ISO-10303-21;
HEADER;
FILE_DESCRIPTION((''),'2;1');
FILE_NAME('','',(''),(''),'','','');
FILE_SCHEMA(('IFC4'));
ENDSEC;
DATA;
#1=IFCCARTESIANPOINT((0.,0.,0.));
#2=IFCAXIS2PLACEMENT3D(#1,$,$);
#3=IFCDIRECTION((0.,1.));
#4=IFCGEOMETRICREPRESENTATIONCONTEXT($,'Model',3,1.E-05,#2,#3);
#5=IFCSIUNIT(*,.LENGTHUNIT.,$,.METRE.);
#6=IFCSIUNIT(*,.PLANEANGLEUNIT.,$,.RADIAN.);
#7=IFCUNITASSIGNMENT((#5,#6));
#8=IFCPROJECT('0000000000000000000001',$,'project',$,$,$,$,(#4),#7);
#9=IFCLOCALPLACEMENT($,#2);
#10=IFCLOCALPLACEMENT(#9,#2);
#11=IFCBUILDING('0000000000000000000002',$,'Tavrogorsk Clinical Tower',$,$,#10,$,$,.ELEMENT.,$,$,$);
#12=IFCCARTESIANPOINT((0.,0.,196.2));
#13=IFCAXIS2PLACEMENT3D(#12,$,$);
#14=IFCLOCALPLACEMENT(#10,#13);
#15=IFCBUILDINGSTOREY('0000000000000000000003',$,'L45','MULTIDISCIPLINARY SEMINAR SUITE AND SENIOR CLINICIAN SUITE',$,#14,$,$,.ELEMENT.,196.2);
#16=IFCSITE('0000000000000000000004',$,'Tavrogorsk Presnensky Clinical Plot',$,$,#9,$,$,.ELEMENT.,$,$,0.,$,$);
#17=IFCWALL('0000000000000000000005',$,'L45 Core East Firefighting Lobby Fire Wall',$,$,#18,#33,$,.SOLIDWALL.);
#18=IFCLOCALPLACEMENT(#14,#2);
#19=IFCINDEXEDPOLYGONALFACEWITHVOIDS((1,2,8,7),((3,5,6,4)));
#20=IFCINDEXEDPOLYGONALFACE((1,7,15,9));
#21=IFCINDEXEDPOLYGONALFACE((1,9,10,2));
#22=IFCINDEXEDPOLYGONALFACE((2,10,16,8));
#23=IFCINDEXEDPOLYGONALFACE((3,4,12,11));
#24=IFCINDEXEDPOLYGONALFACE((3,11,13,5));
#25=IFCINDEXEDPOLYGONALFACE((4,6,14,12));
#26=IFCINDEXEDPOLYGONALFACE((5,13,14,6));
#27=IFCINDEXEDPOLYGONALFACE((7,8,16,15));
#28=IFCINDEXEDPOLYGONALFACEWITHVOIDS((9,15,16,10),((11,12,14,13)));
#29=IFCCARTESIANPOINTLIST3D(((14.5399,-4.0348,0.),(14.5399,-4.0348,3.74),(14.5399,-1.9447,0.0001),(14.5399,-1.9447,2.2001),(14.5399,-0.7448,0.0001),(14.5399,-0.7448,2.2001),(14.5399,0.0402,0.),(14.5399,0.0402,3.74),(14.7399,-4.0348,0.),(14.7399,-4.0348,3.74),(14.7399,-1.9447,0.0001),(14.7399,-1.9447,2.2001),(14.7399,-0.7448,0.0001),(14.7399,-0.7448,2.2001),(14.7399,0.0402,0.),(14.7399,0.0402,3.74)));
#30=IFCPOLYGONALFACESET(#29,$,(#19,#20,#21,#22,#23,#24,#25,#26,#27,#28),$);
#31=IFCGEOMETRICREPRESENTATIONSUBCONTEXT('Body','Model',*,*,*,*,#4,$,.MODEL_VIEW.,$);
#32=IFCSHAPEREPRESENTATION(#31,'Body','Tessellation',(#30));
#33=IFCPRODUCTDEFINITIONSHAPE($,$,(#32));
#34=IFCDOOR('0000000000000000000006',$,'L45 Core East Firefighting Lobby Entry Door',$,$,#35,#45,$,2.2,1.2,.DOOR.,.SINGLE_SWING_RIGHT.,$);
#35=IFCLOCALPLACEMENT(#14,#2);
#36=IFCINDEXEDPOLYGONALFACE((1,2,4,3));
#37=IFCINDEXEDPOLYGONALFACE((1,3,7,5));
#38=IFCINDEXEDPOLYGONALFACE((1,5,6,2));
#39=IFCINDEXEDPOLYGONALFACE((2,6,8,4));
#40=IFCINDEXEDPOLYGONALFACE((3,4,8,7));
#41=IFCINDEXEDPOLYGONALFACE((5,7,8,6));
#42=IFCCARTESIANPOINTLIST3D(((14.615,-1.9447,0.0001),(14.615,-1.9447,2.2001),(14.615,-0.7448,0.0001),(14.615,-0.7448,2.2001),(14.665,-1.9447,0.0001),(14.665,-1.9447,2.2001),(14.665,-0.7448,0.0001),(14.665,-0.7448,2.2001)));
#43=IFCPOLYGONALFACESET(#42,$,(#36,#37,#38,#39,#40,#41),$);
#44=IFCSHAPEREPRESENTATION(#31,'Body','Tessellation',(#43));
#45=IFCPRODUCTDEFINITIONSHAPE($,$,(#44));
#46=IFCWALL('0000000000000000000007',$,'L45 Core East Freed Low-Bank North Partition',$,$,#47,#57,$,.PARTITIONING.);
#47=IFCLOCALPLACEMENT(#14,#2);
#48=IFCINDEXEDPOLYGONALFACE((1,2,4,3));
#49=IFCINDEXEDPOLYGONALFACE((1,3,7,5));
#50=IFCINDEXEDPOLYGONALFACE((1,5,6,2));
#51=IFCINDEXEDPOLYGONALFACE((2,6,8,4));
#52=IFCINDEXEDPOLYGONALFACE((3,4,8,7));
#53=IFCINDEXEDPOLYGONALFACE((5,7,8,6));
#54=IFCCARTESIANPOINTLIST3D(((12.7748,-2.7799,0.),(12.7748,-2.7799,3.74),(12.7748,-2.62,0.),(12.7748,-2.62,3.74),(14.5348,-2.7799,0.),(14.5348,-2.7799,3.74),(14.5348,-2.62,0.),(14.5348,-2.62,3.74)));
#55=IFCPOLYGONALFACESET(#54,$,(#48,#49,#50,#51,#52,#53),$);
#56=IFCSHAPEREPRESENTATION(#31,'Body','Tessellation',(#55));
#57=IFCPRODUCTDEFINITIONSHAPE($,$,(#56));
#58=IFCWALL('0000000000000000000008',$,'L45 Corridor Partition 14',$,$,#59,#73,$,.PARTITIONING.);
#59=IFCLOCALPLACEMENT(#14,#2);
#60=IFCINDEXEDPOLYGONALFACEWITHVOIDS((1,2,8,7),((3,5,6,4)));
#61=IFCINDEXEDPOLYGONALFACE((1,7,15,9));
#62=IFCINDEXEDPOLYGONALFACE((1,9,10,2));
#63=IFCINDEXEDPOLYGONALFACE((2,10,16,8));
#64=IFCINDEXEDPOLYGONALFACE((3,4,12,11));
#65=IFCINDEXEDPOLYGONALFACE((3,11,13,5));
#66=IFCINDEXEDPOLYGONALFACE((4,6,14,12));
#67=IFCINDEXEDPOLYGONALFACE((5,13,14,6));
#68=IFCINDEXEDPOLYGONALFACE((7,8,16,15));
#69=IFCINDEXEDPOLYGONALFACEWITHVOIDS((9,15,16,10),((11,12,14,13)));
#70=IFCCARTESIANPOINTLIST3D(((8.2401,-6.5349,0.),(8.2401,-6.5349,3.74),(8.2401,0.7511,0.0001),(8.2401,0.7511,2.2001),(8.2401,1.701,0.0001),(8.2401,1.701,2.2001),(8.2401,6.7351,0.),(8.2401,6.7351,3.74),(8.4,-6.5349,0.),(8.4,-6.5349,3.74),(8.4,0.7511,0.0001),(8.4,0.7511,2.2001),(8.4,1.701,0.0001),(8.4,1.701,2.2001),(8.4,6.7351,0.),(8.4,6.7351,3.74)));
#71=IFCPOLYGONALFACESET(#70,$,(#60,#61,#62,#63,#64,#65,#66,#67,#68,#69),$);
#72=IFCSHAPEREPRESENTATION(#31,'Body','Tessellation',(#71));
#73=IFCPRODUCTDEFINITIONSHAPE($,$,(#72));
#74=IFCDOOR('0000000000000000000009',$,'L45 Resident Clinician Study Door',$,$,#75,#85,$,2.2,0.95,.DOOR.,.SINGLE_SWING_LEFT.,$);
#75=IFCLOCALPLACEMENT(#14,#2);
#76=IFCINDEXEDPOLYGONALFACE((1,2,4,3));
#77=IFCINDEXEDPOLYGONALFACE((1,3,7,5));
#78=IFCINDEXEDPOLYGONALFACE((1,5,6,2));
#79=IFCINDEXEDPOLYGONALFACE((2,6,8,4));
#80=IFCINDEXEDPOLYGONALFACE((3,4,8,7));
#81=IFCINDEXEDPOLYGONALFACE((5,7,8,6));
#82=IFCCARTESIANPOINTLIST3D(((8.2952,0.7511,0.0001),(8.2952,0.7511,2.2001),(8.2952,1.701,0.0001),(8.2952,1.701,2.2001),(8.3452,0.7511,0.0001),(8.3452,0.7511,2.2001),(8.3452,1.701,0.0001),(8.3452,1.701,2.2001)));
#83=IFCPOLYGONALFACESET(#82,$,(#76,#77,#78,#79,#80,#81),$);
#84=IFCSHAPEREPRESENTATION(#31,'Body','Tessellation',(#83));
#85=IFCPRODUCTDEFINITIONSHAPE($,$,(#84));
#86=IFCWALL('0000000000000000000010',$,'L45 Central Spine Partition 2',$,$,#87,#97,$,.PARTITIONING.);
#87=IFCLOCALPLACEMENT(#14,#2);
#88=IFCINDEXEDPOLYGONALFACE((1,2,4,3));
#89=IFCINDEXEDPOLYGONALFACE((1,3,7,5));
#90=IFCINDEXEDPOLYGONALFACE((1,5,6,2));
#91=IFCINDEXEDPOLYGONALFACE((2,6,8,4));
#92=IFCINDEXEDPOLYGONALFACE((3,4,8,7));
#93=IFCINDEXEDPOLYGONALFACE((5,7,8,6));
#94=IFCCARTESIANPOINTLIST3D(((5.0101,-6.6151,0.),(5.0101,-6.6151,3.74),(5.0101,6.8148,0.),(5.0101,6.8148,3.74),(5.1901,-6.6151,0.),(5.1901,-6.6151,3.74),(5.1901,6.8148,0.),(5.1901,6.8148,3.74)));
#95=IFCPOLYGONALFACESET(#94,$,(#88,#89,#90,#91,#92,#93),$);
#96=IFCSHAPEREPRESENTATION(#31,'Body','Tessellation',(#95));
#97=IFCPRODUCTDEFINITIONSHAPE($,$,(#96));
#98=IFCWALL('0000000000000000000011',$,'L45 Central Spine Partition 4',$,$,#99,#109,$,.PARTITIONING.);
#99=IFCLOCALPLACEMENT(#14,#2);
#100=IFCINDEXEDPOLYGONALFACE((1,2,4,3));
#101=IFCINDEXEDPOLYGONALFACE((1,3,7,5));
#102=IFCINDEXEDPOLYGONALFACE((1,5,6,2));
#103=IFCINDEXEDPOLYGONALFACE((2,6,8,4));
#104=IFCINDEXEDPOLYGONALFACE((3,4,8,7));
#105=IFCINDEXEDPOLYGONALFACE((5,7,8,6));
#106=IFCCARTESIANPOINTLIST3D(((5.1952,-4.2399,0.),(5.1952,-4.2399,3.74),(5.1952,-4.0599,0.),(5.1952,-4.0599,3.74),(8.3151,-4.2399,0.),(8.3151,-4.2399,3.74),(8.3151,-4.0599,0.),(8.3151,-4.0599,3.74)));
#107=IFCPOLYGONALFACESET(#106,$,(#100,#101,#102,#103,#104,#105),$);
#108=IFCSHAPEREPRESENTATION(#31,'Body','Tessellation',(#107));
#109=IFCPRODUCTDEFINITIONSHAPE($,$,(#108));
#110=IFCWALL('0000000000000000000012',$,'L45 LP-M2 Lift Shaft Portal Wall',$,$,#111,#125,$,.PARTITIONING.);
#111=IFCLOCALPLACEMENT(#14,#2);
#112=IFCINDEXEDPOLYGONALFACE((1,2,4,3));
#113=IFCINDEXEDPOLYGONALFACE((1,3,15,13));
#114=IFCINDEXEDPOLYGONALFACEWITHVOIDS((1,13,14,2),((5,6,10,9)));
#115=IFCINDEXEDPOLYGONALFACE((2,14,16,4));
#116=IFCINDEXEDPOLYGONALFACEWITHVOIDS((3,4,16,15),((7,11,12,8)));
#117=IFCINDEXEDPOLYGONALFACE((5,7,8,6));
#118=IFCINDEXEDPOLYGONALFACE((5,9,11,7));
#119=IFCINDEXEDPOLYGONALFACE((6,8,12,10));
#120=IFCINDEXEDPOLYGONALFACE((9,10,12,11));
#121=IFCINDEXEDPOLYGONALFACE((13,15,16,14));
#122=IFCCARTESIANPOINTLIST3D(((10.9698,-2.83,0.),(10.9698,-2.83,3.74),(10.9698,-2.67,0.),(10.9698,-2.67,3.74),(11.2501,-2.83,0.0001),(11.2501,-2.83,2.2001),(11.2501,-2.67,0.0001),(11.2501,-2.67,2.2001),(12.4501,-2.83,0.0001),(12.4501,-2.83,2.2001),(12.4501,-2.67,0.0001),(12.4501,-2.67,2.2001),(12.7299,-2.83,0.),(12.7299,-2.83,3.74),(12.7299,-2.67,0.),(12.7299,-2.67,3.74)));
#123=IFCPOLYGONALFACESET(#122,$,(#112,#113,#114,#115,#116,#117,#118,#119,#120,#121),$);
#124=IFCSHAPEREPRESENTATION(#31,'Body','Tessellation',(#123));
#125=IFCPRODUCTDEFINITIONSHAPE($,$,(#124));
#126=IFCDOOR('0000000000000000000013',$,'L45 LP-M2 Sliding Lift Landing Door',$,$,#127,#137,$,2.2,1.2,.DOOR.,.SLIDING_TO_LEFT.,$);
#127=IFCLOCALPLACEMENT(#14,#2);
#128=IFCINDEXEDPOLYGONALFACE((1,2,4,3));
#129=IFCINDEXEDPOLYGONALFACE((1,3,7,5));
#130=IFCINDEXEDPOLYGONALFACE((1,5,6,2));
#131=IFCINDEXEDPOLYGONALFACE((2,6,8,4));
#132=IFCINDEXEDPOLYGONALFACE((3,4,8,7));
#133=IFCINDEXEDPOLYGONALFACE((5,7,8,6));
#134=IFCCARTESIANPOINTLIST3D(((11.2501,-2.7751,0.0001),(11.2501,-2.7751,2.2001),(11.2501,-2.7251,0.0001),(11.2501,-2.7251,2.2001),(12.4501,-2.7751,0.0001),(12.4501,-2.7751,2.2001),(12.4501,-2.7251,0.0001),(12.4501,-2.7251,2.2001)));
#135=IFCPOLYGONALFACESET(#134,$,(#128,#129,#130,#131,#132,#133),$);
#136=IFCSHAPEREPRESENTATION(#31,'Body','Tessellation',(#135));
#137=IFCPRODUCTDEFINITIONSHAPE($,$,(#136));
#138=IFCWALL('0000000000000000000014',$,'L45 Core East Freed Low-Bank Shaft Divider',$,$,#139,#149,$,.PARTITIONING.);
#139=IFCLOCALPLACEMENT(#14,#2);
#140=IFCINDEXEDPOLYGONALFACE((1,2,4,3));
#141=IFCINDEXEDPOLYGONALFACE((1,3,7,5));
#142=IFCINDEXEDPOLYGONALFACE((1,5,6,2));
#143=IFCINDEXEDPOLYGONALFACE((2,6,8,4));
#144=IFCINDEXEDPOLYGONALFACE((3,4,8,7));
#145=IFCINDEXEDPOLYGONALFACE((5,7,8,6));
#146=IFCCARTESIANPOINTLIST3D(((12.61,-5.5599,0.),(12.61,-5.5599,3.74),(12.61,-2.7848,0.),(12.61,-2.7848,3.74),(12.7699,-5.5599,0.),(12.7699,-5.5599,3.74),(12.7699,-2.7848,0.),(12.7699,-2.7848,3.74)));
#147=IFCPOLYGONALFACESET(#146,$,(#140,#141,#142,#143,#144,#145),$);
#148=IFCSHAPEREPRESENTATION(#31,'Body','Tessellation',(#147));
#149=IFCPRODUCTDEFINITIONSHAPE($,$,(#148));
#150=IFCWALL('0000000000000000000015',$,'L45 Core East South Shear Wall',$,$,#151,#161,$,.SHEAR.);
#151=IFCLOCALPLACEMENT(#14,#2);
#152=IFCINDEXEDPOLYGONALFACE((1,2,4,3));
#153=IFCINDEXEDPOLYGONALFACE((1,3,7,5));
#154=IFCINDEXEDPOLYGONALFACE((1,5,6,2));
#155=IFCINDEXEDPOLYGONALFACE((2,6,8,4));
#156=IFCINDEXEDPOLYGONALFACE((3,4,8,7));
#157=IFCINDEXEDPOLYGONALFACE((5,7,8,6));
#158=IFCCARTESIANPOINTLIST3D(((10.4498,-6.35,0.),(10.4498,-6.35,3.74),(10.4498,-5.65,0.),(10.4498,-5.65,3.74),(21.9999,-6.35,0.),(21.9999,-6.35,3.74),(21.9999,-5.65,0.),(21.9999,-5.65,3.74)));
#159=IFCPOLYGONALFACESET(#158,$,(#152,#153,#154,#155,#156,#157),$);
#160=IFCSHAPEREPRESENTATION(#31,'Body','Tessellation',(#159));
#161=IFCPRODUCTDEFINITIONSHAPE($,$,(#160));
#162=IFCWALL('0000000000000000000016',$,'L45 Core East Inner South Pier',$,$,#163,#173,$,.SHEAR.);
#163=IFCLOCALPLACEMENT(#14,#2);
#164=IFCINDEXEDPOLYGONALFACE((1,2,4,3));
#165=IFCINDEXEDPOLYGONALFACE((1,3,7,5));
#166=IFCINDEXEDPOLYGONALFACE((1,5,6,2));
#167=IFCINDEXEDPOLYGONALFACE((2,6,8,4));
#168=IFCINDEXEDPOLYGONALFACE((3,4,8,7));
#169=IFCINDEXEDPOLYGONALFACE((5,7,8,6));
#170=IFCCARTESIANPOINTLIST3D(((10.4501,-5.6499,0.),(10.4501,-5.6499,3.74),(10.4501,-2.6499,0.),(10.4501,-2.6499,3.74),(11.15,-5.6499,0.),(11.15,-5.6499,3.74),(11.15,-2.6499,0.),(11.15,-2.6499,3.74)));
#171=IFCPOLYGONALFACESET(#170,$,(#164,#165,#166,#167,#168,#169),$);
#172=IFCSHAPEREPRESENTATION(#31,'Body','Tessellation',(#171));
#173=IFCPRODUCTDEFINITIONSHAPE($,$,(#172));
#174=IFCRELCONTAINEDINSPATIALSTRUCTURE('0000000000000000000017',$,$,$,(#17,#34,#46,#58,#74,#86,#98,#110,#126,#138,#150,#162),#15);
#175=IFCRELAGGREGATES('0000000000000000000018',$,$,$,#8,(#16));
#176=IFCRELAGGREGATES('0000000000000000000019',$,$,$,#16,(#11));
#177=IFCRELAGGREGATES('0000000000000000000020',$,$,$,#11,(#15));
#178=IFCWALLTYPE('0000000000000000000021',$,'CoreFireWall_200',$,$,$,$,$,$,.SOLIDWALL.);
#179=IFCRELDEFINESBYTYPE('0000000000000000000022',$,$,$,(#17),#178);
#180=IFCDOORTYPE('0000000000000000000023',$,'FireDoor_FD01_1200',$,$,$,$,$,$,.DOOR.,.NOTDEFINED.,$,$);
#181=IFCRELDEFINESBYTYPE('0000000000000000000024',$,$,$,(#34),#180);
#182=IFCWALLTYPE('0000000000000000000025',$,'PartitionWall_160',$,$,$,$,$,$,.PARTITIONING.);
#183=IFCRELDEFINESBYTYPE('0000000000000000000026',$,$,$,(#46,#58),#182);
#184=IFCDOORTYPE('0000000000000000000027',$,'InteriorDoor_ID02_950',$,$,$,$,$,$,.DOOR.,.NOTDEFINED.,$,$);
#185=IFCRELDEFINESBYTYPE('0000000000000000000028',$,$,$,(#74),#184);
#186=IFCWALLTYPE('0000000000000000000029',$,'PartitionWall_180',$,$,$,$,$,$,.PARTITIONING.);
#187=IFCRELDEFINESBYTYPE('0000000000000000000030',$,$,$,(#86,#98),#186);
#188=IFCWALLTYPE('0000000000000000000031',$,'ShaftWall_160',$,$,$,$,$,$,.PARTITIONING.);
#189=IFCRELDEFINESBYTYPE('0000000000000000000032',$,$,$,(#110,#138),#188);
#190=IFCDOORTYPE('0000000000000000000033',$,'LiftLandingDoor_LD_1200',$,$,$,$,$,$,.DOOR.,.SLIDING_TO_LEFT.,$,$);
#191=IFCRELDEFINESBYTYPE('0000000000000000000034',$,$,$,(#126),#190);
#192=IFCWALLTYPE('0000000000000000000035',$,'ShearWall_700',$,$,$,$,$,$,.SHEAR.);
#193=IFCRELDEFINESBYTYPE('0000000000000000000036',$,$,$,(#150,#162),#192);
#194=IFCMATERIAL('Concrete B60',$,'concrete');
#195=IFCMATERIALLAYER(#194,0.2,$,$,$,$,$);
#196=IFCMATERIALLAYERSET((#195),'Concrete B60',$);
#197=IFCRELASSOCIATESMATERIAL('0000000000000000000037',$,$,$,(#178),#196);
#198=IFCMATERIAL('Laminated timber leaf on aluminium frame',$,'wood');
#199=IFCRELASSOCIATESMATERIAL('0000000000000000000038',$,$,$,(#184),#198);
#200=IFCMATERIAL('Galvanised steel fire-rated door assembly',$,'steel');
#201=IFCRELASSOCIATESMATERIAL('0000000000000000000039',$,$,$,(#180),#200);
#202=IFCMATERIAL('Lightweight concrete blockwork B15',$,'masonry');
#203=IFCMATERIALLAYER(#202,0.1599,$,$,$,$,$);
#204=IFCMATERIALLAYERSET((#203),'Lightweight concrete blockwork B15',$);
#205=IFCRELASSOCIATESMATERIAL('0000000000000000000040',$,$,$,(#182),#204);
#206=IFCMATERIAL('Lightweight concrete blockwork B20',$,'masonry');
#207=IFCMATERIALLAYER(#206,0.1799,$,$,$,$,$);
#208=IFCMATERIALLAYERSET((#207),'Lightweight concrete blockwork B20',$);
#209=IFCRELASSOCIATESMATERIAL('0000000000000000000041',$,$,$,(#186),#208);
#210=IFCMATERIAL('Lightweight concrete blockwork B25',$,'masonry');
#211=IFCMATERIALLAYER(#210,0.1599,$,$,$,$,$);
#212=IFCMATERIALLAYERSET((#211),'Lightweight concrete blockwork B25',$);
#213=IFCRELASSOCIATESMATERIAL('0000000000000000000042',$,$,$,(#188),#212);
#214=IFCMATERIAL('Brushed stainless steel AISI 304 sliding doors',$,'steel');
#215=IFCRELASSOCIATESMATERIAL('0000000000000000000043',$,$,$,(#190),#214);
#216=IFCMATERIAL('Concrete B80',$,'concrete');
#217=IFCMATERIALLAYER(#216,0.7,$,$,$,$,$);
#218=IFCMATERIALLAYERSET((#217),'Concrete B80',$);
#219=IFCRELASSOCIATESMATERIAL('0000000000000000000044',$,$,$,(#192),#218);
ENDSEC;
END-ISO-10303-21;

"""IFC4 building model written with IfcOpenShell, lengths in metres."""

from ifc_helpers import new_model, si_unit, direction, frame, frame_2d, origin, place, context, subcontext, project, spatial, rectangle, extrude, material, layer, layer_set, type_object, element, fill, save


model = new_model("IFC4")

# Units and contexts
model_context = context("Model", 3, precision=1e-05, world=origin(), true_north=direction((0.0, 1.0)))
body_context = subcontext(model_context, "Body", "Model", "MODEL_VIEW")
ifc_project = project(units=[si_unit("LENGTHUNIT", "METRE"), si_unit("PLANEANGLEUNIT", "RADIAN")], contexts=[model_context])

# Site, building, storey
site_placement = place(None, origin())
site = spatial("IfcSite", under=ifc_project, at=site_placement, Name="Tavrogorsk Presnensky Clinical Plot", CompositionType="ELEMENT", RefElevation=0.0)
building_placement = place(site_placement, origin())
building = spatial("IfcBuilding", under=site, at=building_placement, Name="Tavrogorsk Clinical Tower", CompositionType="ELEMENT")
storey_placement = place(building_placement, frame((0.0, 0.0, 196.2)))
storey = spatial("IfcBuildingStorey", under=building, at=storey_placement, Name="L45", Description="MULTIDISCIPLINARY SEMINAR SUITE AND SENIOR CLINICIAN SUITE", CompositionType="ELEMENT", Elevation=196.2)

# Wall, opening, door
ifc_material_1 = material(Name="Concrete B60", Category="concrete")
ifc_layer_1 = layer(ifc_material_1, 0.2)
ifc_layer_set_1 = layer_set([ifc_layer_1], Name="Concrete B60")
wall_type_1 = type_object("IfcWallType", Name="CoreFireWall_200", PredefinedType="SOLIDWALL", material=ifc_layer_set_1)
ifc_material_2 = material(Name="Laminated timber leaf on aluminium frame", Category="wood")
door_type_1 = type_object("IfcDoorType", Name="InteriorDoor_ID02_950", OperationType="NOTDEFINED", PredefinedType="DOOR", material=ifc_material_2)
wall_1_placement = place(storey_placement, frame((14.6399, -4.0349, 0.0), z_axis=(0.0, 0.0, 1.0), x_axis=(0.0, 1.0, 0.0)))
wall_1 = element("IfcWall", 1, at=wall_1_placement, inside=storey, type_object=wall_type_1, Name="L45 Core East Firefighting Lobby Fire Wall", PredefinedType="SOLIDWALL", context=body_context, shape_type="SweptSolid", body=[
    extrude(rectangle(XDim=4.075, YDim=0.2, at=frame_2d((2.0376, 0.0))), origin(), (0.0, 0.0, 1.0), 3.74),
])
opening_1_placement = place(wall_1_placement, frame((2.0901, 0.0, 0.0)))
opening_1 = element("IfcOpeningElement", 2, at=opening_1_placement, cuts=wall_1, PredefinedType="OPENING", context=body_context, shape_type="SweptSolid", body=[
    extrude(rectangle(XDim=1.2, YDim=2.2, at=frame_2d((0.6001, 1.1001))), frame((0.0, 0.1099, 0.0), z_axis=(0.0, -1.0, 0.0), x_axis=(1.0, 0.0, 0.0)), (0.0, 0.0, 1.0), 0.22),
])
ifc_material_3 = material(Name="Galvanised steel fire-rated door assembly", Category="steel")
door_type_2 = type_object("IfcDoorType", Name="FireDoor_FD01_1200", OperationType="NOTDEFINED", PredefinedType="DOOR", material=ifc_material_3)
door_1_placement = place(opening_1_placement, origin())
door_1 = element("IfcDoor", 3, at=door_1_placement, inside=storey, type_object=door_type_2, Name="L45 Core East Firefighting Lobby Entry Door", OperationType="SINGLE_SWING_RIGHT", OverallHeight=2.2, OverallWidth=1.2, PredefinedType="DOOR", context=body_context, shape_type="SweptSolid", body=[
    extrude(rectangle(XDim=1.2, YDim=2.2, at=frame_2d((0.6001, 1.1001))), frame((0.0, 0.0249, 0.0), z_axis=(0.0, -1.0, 0.0), x_axis=(1.0, 0.0, 0.0)), (0.0, 0.0, 1.0), 0.05),
])
fill(opening_1, door_1)

# Wall
ifc_material_4 = material(Name="Lightweight concrete blockwork B15", Category="masonry")
ifc_layer_2 = layer(ifc_material_4, 0.1599)
ifc_layer_set_2 = layer_set([ifc_layer_2], Name="Lightweight concrete blockwork B15")
wall_type_2 = type_object("IfcWallType", Name="PartitionWall_160", PredefinedType="PARTITIONING", material=ifc_layer_set_2)
wall_2_placement = place(storey_placement, frame((12.7749, -2.7, 0.0), z_axis=(0.0, 0.0, 1.0), x_axis=(1.0, 0.0, 0.0)))
element("IfcWall", 4, at=wall_2_placement, inside=storey, type_object=wall_type_2, Name="L45 Core East Freed Low-Bank North Partition", PredefinedType="PARTITIONING", context=body_context, shape_type="SweptSolid", body=[
    extrude(rectangle(XDim=1.76, YDim=0.1599, at=frame_2d((0.8799, 0.0))), origin(), (0.0, 0.0, 1.0), 3.74),
])

# Wall, opening, door
wall_3_placement = place(storey_placement, frame((8.3201, -6.5349, 0.0), z_axis=(0.0, 0.0, 1.0), x_axis=(0.0, 1.0, 0.0)))
wall_3 = element("IfcWall", 5, at=wall_3_placement, inside=storey, type_object=wall_type_2, Name="L45 Corridor Partition 14", PredefinedType="PARTITIONING", context=body_context, shape_type="SweptSolid", body=[
    extrude(rectangle(XDim=13.27, YDim=0.1599, at=frame_2d((6.635, 0.0))), origin(), (0.0, 0.0, 1.0), 3.74),
])
opening_2_placement = place(wall_3_placement, frame((7.2859, 0.0, 0.0)))
opening_2 = element("IfcOpeningElement", 6, at=opening_2_placement, cuts=wall_3, PredefinedType="OPENING", context=body_context, shape_type="SweptSolid", body=[
    extrude(rectangle(XDim=0.95, YDim=2.2, at=frame_2d((0.4751, 1.1001))), frame((0.0, 0.0898, 0.0), z_axis=(0.0, -1.0, 0.0), x_axis=(1.0, 0.0, 0.0)), (0.0, 0.0, 1.0), 0.1799),
])
door_2_placement = place(opening_2_placement, origin())
door_2 = element("IfcDoor", 7, at=door_2_placement, inside=storey, type_object=door_type_1, Name="L45 Resident Clinician Study Door", OperationType="SINGLE_SWING_LEFT", OverallHeight=2.2, OverallWidth=0.95, PredefinedType="DOOR", context=body_context, shape_type="SweptSolid", body=[
    extrude(rectangle(XDim=0.95, YDim=2.2, at=frame_2d((0.4751, 1.1001))), frame((0.0, 0.0249, 0.0), z_axis=(0.0, -1.0, 0.0), x_axis=(1.0, 0.0, 0.0)), (0.0, 0.0, 1.0), 0.05),
])
fill(opening_2, door_2)

# Walls
ifc_material_5 = material(Name="Lightweight concrete blockwork B20", Category="masonry")
ifc_layer_3 = layer(ifc_material_5, 0.1799)
ifc_layer_set_3 = layer_set([ifc_layer_3], Name="Lightweight concrete blockwork B20")
wall_type_3 = type_object("IfcWallType", Name="PartitionWall_180", PredefinedType="PARTITIONING", material=ifc_layer_set_3)
wall_4_placement = place(storey_placement, frame((5.1001, -6.615, 0.0), z_axis=(0.0, 0.0, 1.0), x_axis=(0.0, 1.0, 0.0)))
element("IfcWall", 8, at=wall_4_placement, inside=storey, type_object=wall_type_3, Name="L45 Central Spine Partition 2", PredefinedType="PARTITIONING", context=body_context, shape_type="SweptSolid", body=[
    extrude(rectangle(XDim=13.4299, YDim=0.1799, at=frame_2d((6.7148, 0.0))), origin(), (0.0, 0.0, 1.0), 3.74),
])
wall_5_placement = place(storey_placement, frame((5.1951, -4.1499, 0.0), z_axis=(0.0, 0.0, 1.0), x_axis=(1.0, 0.0, 0.0)))
element("IfcWall", 9, at=wall_5_placement, inside=storey, type_object=wall_type_3, Name="L45 Central Spine Partition 4", PredefinedType="PARTITIONING", context=body_context, shape_type="SweptSolid", body=[
    extrude(rectangle(XDim=3.1199, YDim=0.1799, at=frame_2d((1.5601, 0.0))), origin(), (0.0, 0.0, 1.0), 3.74),
])

# Wall, opening, door
ifc_material_6 = material(Name="Lightweight concrete blockwork B25", Category="masonry")
ifc_layer_4 = layer(ifc_material_6, 0.1599)
ifc_layer_set_4 = layer_set([ifc_layer_4], Name="Lightweight concrete blockwork B25")
wall_type_4 = type_object("IfcWallType", Name="ShaftWall_160", PredefinedType="PARTITIONING", material=ifc_layer_set_4)
wall_6_placement = place(storey_placement, frame((10.97, -2.75, 0.0), z_axis=(0.0, 0.0, 1.0), x_axis=(1.0, 0.0, 0.0)))
wall_6 = element("IfcWall", 10, at=wall_6_placement, inside=storey, type_object=wall_type_4, Name="L45 LP-M2 Lift Shaft Portal Wall", PredefinedType="PARTITIONING", context=body_context, shape_type="SweptSolid", body=[
    extrude(rectangle(XDim=1.76, YDim=0.1599, at=frame_2d((0.8799, 0.0))), origin(), (0.0, 0.0, 1.0), 3.74),
])
opening_3_placement = place(wall_6_placement, frame((0.28, 0.0, 0.0)))
opening_3 = element("IfcOpeningElement", 11, at=opening_3_placement, cuts=wall_6, PredefinedType="OPENING", context=body_context, shape_type="SweptSolid", body=[
    extrude(rectangle(XDim=1.2, YDim=2.2, at=frame_2d((0.6001, 1.1001))), frame((0.0, 0.0898, 0.0), z_axis=(0.0, -1.0, 0.0), x_axis=(1.0, 0.0, 0.0)), (0.0, 0.0, 1.0), 0.1799),
])
ifc_material_7 = material(Name="Brushed stainless steel AISI 304 sliding doors", Category="steel")
door_type_3 = type_object("IfcDoorType", Name="LiftLandingDoor_LD_1200", OperationType="SLIDING_TO_LEFT", PredefinedType="DOOR", material=ifc_material_7)
door_3_placement = place(opening_3_placement, origin())
door_3 = element("IfcDoor", 12, at=door_3_placement, inside=storey, type_object=door_type_3, Name="L45 LP-M2 Sliding Lift Landing Door", OperationType="SLIDING_TO_LEFT", OverallHeight=2.2, OverallWidth=1.2, PredefinedType="DOOR", context=body_context, shape_type="SweptSolid", body=[
    extrude(rectangle(XDim=1.2, YDim=2.2, at=frame_2d((0.6001, 1.1001))), frame((0.0, 0.0249, 0.0), z_axis=(0.0, -1.0, 0.0), x_axis=(1.0, 0.0, 0.0)), (0.0, 0.0, 1.0), 0.05),
])
fill(opening_3, door_3)

# Walls
wall_7_placement = place(storey_placement, frame((12.6899, -5.5601, 0.0), z_axis=(0.0, 0.0, 1.0), x_axis=(0.0, 1.0, 0.0)))
element("IfcWall", 13, at=wall_7_placement, inside=storey, type_object=wall_type_4, Name="L45 Core East Freed Low-Bank Shaft Divider", PredefinedType="PARTITIONING", context=body_context, shape_type="SweptSolid", body=[
    extrude(rectangle(XDim=2.7751, YDim=0.1599, at=frame_2d((1.3877, 0.0))), origin(), (0.0, 0.0, 1.0), 3.74),
])
ifc_material_8 = material(Name="Concrete B80", Category="concrete")
ifc_layer_5 = layer(ifc_material_8, 0.7)
ifc_layer_set_5 = layer_set([ifc_layer_5], Name="Concrete B80")
wall_type_5 = type_object("IfcWallType", Name="ShearWall_700", PredefinedType="SHEAR", material=ifc_layer_set_5)
wall_8_placement = place(storey_placement, frame((10.45, -6.0, 0.0), z_axis=(0.0, 0.0, 1.0), x_axis=(1.0, 0.0, 0.0)))
element("IfcWall", 14, at=wall_8_placement, inside=storey, type_object=wall_type_5, Name="L45 Core East South Shear Wall", PredefinedType="SHEAR", context=body_context, shape_type="SweptSolid", body=[
    extrude(rectangle(XDim=11.55, YDim=0.7, at=frame_2d((5.7749, 0.0))), origin(), (0.0, 0.0, 1.0), 3.74),
])
wall_9_placement = place(storey_placement, frame((10.8, -5.6499, 0.0), z_axis=(0.0, 0.0, 1.0), x_axis=(0.0, 1.0, 0.0)))
element("IfcWall", 15, at=wall_9_placement, inside=storey, type_object=wall_type_5, Name="L45 Core East Inner South Pier", PredefinedType="SHEAR", context=body_context, shape_type="SweptSolid", body=[
    extrude(rectangle(XDim=3.0, YDim=0.7, at=frame_2d((1.5, 0.0))), origin(), (0.0, 0.0, 1.0), 3.74),
])

save(model, "model.ifc")
